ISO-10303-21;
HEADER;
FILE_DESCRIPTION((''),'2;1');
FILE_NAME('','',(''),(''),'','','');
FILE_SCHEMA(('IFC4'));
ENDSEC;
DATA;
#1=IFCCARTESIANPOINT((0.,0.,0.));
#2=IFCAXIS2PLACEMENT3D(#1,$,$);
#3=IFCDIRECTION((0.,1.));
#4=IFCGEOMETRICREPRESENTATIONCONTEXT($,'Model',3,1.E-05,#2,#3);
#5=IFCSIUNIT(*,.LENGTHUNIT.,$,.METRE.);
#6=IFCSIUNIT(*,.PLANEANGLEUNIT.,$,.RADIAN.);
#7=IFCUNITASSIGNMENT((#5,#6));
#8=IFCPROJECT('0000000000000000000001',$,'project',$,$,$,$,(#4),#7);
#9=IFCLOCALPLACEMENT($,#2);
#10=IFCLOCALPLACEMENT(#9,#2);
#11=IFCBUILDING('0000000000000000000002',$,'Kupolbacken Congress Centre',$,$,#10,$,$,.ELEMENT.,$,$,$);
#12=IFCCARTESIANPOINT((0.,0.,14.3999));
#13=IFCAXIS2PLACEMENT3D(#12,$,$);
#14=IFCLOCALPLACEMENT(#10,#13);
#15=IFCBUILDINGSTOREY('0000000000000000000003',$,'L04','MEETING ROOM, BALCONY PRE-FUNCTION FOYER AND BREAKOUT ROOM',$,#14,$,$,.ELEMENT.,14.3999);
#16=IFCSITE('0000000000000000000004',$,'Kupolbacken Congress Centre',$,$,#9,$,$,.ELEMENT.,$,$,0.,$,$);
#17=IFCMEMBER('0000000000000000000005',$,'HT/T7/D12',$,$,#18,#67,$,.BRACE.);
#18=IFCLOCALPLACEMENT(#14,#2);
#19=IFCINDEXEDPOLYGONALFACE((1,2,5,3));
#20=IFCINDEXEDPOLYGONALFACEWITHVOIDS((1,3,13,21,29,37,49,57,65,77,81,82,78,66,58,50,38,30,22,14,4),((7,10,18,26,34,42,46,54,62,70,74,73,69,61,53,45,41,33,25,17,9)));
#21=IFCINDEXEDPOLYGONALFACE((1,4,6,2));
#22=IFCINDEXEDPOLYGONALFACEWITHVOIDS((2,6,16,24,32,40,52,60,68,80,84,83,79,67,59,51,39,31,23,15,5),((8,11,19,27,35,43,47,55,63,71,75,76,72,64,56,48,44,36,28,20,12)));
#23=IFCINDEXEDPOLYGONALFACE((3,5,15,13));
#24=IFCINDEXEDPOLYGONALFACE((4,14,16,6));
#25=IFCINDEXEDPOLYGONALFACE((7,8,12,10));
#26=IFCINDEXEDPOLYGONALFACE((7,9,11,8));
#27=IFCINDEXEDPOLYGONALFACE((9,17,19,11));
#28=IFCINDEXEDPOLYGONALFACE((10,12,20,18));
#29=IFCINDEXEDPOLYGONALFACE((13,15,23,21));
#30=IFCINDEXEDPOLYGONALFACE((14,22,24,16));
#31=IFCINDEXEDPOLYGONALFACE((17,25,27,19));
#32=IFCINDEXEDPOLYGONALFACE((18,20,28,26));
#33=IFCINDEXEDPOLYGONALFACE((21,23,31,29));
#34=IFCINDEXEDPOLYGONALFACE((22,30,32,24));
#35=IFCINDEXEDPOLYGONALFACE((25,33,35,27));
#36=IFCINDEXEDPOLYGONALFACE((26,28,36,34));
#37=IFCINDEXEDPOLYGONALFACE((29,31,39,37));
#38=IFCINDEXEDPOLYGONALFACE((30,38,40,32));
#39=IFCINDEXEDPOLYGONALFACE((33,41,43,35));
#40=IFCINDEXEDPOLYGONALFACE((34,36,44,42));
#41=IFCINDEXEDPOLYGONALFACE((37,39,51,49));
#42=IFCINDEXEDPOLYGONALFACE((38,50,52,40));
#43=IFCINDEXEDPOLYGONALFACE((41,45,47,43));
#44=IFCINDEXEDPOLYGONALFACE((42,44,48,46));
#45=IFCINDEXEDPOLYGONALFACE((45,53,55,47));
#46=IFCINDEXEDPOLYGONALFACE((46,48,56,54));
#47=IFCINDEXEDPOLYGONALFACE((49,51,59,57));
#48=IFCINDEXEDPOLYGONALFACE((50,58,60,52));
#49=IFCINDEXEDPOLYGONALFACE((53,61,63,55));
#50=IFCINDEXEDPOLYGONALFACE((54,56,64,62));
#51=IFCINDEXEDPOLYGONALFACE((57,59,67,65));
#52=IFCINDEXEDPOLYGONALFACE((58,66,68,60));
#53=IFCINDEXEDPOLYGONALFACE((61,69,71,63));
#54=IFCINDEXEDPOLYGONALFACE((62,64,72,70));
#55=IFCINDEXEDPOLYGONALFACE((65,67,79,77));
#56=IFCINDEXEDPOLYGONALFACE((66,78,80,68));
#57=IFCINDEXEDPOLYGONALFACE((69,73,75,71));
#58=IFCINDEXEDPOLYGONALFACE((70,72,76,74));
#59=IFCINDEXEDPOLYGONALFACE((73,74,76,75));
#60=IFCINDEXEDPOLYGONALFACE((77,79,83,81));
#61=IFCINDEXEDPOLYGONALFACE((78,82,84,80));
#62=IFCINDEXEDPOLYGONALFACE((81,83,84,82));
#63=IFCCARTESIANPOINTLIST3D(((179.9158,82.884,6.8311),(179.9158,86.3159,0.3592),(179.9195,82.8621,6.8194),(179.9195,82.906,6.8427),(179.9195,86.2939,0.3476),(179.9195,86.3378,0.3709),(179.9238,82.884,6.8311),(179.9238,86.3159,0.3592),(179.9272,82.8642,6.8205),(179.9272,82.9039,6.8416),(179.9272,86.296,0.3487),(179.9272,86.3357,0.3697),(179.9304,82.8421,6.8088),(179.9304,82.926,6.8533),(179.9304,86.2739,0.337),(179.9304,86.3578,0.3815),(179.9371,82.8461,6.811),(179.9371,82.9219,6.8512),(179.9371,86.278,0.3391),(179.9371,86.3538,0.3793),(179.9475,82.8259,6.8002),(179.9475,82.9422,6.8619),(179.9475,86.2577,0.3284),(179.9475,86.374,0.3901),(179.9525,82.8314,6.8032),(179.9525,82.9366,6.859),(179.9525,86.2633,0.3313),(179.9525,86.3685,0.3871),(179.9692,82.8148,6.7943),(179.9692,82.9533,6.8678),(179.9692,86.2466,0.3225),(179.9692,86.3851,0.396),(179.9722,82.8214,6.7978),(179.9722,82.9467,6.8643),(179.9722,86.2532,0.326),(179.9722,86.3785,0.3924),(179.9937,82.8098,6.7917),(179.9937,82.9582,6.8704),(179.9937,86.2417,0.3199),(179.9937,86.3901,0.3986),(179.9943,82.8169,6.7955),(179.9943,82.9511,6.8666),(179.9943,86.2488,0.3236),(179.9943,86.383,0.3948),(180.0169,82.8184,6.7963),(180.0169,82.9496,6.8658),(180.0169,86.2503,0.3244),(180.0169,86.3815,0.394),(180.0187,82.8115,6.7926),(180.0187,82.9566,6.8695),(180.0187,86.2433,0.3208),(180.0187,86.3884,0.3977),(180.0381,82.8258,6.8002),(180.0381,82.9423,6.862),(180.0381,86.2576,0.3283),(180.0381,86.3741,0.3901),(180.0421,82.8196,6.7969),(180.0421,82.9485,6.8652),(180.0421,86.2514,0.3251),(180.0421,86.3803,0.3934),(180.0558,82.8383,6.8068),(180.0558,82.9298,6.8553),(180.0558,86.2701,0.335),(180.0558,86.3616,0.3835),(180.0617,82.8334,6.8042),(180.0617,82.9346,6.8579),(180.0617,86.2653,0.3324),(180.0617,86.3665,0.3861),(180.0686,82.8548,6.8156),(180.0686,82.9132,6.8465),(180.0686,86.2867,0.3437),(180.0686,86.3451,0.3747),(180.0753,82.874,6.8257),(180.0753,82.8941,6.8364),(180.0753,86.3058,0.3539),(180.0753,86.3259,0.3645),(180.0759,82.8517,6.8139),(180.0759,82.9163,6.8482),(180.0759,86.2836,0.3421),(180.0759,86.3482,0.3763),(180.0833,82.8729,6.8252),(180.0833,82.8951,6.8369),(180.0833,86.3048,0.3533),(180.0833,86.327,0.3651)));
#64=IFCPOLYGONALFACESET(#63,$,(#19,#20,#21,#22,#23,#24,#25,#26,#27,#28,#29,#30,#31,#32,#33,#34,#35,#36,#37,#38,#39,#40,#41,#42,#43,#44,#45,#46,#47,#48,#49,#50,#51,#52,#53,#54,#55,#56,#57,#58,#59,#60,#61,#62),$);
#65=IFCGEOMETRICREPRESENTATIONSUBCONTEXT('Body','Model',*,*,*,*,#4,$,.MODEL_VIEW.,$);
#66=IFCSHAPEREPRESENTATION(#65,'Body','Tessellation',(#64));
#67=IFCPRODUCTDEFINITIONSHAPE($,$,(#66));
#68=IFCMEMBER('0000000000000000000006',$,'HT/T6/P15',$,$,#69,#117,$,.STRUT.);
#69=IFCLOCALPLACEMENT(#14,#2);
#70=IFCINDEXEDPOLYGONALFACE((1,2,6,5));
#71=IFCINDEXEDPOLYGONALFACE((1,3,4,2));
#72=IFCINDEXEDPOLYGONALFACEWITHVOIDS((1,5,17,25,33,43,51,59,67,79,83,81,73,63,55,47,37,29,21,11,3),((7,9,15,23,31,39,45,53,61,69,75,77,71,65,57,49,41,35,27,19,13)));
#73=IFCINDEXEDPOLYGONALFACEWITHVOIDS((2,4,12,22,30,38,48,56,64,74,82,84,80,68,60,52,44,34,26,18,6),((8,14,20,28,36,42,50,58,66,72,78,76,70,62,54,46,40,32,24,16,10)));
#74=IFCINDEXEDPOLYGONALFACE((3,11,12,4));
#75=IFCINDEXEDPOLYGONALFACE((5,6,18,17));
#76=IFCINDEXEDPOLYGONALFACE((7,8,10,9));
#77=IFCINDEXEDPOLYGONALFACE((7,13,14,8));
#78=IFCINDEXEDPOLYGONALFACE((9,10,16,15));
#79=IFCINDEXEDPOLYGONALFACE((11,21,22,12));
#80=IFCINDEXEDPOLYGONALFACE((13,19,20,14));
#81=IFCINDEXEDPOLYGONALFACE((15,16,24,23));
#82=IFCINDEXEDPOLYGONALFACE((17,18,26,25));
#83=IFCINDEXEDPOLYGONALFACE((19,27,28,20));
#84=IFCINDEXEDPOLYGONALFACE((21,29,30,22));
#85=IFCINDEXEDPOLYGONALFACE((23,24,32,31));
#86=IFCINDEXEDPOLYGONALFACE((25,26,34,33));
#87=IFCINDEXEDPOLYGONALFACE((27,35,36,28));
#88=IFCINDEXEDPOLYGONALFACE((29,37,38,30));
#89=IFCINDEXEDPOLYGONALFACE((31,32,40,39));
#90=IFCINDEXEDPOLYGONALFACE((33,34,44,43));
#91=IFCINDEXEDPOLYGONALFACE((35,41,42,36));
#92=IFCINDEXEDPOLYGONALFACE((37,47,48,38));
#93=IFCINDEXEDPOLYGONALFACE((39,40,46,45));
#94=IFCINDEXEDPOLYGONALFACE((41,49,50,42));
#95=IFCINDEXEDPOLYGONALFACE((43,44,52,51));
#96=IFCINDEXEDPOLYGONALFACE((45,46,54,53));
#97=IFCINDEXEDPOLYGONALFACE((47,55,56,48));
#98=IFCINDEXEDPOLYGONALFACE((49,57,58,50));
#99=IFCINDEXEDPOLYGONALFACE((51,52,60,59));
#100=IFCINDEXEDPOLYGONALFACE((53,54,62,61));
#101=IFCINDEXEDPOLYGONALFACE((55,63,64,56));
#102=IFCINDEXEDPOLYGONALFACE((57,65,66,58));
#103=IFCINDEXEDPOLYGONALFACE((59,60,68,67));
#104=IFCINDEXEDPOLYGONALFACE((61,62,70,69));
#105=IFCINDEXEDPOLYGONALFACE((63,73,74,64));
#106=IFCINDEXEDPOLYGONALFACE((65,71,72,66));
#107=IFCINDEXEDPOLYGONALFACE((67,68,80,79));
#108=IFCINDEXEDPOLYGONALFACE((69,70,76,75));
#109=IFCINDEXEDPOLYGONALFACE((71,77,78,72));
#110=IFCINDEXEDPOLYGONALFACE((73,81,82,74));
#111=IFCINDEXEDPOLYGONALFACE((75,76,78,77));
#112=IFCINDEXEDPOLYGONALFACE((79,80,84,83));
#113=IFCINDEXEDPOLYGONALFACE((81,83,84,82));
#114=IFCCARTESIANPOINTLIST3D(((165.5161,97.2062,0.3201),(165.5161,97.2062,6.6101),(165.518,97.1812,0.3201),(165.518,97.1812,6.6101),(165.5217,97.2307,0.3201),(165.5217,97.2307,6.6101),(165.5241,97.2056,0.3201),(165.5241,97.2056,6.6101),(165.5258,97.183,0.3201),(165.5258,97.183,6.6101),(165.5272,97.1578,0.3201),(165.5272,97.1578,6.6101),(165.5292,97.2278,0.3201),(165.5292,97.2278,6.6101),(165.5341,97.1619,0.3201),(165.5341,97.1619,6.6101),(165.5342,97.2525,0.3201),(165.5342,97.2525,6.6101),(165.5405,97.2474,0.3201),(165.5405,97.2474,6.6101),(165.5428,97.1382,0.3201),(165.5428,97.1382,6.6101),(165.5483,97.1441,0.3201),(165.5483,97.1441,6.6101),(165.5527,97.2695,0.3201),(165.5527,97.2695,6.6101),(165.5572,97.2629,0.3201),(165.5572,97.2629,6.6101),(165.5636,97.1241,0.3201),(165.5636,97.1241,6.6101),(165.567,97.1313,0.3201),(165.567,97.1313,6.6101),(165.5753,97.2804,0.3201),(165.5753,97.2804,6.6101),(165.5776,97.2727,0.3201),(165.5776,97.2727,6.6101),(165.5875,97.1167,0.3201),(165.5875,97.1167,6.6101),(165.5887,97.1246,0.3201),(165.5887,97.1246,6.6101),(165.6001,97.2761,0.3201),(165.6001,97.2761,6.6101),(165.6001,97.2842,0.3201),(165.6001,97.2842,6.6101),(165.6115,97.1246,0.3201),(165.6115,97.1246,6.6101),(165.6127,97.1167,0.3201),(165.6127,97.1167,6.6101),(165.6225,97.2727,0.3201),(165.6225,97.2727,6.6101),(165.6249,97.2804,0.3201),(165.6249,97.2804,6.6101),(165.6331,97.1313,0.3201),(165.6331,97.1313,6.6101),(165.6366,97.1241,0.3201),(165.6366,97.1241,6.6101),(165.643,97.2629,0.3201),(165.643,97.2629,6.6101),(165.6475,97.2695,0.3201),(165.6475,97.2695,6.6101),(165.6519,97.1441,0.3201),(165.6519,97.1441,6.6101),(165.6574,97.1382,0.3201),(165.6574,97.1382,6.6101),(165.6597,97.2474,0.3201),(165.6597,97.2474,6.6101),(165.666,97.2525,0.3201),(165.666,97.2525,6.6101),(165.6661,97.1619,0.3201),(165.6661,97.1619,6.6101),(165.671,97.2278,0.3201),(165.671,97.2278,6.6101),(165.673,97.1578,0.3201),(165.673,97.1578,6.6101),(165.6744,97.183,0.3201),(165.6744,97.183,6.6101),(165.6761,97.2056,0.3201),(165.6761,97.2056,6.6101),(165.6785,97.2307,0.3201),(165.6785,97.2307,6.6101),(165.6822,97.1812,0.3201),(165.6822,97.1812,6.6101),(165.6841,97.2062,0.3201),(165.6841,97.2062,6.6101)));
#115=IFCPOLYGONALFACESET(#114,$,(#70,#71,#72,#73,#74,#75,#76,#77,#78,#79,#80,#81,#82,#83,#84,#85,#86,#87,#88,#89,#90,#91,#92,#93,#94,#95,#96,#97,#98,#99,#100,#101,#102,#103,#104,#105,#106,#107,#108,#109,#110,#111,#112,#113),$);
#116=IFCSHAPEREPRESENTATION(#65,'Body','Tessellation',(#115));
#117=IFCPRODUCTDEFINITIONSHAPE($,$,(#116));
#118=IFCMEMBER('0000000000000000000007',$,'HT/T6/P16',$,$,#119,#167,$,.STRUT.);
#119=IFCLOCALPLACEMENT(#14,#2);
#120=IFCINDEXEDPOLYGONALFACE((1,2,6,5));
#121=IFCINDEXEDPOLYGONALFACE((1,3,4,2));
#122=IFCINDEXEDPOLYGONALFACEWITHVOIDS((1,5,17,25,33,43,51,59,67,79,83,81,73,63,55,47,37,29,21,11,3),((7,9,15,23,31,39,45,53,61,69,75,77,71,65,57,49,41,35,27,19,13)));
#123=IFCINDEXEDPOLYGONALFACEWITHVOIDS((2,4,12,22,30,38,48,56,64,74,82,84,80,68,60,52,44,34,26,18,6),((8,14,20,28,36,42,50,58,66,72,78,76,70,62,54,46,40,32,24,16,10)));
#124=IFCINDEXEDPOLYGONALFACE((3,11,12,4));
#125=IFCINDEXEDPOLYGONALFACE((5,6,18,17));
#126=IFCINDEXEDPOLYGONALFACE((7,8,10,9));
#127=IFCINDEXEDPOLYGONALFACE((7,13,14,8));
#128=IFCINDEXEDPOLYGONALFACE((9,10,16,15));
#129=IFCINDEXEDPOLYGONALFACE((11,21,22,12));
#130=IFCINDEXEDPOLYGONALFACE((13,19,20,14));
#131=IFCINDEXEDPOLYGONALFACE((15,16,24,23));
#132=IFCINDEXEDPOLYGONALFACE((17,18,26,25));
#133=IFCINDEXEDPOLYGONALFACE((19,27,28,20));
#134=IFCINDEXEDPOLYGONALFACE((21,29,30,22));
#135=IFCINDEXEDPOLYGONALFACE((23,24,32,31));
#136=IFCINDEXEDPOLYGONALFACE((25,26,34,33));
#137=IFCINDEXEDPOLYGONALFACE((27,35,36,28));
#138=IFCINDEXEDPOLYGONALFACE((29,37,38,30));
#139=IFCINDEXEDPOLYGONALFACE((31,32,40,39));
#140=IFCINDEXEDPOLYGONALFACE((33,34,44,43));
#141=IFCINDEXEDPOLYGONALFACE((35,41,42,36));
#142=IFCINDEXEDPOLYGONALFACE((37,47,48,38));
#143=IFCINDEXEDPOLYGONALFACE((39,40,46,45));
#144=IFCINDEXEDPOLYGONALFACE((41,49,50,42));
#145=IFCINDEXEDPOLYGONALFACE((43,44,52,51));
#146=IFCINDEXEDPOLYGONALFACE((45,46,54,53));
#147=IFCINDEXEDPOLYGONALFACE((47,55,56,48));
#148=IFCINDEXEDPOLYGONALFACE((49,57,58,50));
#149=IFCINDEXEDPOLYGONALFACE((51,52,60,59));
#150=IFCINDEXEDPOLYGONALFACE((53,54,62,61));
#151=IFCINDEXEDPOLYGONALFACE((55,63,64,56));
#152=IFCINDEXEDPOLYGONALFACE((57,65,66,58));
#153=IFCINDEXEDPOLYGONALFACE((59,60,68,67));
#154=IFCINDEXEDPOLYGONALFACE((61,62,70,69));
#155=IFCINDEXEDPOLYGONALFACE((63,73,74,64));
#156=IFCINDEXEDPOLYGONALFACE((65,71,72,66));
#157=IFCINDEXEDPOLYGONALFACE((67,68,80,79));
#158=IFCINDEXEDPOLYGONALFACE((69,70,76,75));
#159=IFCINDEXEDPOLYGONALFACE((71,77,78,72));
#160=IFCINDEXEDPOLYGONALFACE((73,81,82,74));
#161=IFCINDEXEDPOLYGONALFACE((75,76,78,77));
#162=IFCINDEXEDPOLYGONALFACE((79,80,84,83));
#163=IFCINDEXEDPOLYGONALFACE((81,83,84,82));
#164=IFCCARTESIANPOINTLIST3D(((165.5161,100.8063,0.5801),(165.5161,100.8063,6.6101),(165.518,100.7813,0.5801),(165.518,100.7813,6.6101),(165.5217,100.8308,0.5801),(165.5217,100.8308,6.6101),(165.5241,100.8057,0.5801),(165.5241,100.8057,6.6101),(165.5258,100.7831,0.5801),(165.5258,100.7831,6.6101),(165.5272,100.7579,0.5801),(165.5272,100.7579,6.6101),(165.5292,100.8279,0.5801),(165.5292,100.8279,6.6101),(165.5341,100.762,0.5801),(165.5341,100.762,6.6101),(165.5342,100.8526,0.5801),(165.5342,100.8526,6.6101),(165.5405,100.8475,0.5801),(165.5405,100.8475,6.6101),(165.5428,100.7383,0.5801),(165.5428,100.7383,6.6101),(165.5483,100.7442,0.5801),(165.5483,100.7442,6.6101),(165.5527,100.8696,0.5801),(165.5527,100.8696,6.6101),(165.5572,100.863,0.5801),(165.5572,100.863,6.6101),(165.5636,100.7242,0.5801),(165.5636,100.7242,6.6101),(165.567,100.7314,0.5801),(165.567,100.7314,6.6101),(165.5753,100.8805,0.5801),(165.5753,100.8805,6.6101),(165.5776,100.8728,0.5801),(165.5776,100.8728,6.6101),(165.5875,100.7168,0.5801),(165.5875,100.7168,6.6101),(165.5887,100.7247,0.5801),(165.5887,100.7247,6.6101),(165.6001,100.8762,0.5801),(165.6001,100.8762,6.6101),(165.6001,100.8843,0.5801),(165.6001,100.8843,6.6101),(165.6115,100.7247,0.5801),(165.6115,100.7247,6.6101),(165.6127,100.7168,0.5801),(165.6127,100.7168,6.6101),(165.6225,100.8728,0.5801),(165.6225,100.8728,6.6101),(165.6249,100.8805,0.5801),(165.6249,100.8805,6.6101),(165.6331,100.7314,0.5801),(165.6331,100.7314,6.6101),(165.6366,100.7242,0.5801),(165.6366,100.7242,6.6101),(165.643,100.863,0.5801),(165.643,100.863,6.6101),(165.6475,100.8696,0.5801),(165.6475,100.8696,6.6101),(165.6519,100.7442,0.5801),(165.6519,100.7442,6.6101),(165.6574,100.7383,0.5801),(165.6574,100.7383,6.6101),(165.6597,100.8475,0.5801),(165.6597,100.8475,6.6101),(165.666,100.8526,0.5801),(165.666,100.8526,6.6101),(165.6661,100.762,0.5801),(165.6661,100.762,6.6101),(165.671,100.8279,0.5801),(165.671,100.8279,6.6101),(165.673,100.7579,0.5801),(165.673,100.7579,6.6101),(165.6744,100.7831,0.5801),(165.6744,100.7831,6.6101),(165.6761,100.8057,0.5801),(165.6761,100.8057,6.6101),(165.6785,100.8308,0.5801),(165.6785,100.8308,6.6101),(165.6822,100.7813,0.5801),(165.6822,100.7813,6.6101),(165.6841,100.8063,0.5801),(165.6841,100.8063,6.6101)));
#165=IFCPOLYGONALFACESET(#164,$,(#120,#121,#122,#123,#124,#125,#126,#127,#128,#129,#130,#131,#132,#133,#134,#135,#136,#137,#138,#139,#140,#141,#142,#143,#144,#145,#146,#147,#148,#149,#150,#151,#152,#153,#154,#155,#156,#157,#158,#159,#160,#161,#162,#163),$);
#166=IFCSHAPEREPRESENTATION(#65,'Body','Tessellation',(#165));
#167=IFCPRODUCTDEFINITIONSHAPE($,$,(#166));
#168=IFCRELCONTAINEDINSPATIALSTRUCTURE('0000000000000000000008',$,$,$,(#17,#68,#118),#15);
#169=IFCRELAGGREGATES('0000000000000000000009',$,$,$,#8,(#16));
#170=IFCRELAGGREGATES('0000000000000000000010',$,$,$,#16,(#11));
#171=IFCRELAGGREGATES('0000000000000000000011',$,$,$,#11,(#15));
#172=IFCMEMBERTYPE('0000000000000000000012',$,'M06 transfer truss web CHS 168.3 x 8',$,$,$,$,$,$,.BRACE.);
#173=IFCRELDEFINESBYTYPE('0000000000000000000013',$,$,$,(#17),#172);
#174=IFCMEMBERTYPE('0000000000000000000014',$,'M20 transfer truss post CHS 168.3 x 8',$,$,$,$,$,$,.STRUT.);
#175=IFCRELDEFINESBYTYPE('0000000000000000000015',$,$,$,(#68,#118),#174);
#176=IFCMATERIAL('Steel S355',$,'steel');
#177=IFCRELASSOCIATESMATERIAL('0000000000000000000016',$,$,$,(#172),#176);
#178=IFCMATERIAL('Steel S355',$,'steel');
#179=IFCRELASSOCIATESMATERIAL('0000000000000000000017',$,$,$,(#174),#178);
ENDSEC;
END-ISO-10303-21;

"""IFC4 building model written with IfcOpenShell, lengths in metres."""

from ifc_helpers import new_model, si_unit, direction, frame, origin, origin_2d, place, context, subcontext, project, spatial, hollow_circle, extrude, material, material_profile, profile_set, type_object, element, save


model = new_model("IFC4")

# Units and contexts
model_context = context("Model", 3, precision=1e-05, world=origin(), true_north=direction((0.0, 1.0)))
body_context = subcontext(model_context, "Body", "Model", "MODEL_VIEW")
ifc_project = project(units=[si_unit("LENGTHUNIT", "METRE"), si_unit("PLANEANGLEUNIT", "RADIAN")], contexts=[model_context])

# Site, building, storey
site_placement = place(None, origin())
site = spatial("IfcSite", under=ifc_project, at=site_placement, Name="Kupolbacken Congress Centre", CompositionType="ELEMENT", RefElevation=0.0)
building_placement = place(site_placement, origin())
building = spatial("IfcBuilding", under=site, at=building_placement, Name="Kupolbacken Congress Centre", CompositionType="ELEMENT")
storey_placement = place(building_placement, frame((0.0, 0.0, 14.3999)))
storey = spatial("IfcBuildingStorey", under=building, at=storey_placement, Name="L04", Description="MEETING ROOM, BALCONY PRE-FUNCTION FOYER AND BREAKOUT ROOM", CompositionType="ELEMENT", Elevation=14.3999)

# Members
ifc_material_1 = material(Name="Steel S355", Category="steel")
ifc_material_profile_1 = material_profile(ifc_material_1, hollow_circle(Radius=0.0842, WallThickness=0.0081, at=origin_2d()), Name="CHS 168.3 x 8")
ifc_profile_set_1 = profile_set([ifc_material_profile_1], Name="Steel S355")
member_type_1 = type_object("IfcMemberType", Name="M06 transfer truss web CHS 168.3 x 8", PredefinedType="BRACE", material=ifc_profile_set_1)
for number, where, z_axis, x_axis, name in (
    (1, (180.0, 82.884, 6.8311), (0.0, 0.468482, -0.883473), (-1.0, 0.0, 0.0), "HT/T7/D12"),
):
    element("IfcMember", number, at=place(storey_placement, frame(where, z_axis=z_axis, x_axis=x_axis)), inside=storey, type_object=member_type_1, Name=name, PredefinedType="BRACE", context=body_context, shape_type="SweptSolid", body=[
        extrude(hollow_circle(Radius=0.0842, WallThickness=0.0081, at=origin_2d()), origin(), (0.0, 0.0, 1.0), 7.3254),
    ])
ifc_material_2 = material(Name="Steel S355", Category="steel")
ifc_material_profile_2 = material_profile(ifc_material_2, hollow_circle(Radius=0.0842, WallThickness=0.0081, at=origin_2d()), Name="CHS 168.3 x 8")
ifc_profile_set_2 = profile_set([ifc_material_profile_2], Name="Steel S355")
member_type_2 = type_object("IfcMemberType", Name="M20 transfer truss post CHS 168.3 x 8", PredefinedType="STRUT", material=ifc_profile_set_2)
member_1_placement = place(storey_placement, frame((165.6001, 97.2, 0.3201), z_axis=(0.0, 0.0, 1.0), x_axis=(0.0, 1.0, 0.0)))
element("IfcMember", 2, at=member_1_placement, inside=storey, type_object=member_type_2, Name="HT/T6/P15", PredefinedType="STRUT", context=body_context, shape_type="SweptSolid", body=[
    extrude(hollow_circle(Radius=0.0842, WallThickness=0.0081, at=origin_2d()), origin(), (0.0, 0.0, 1.0), 6.29),
])
member_2_placement = place(storey_placement, frame((165.6001, 100.8, 0.5801), z_axis=(0.0, 0.0, 1.0), x_axis=(0.0, 1.0, 0.0)))
element("IfcMember", 3, at=member_2_placement, inside=storey, type_object=member_type_2, Name="HT/T6/P16", PredefinedType="STRUT", context=body_context, shape_type="SweptSolid", body=[
    extrude(hollow_circle(Radius=0.0842, WallThickness=0.0081, at=origin_2d()), origin(), (0.0, 0.0, 1.0), 6.03),
])

save(model, "model.ifc")
